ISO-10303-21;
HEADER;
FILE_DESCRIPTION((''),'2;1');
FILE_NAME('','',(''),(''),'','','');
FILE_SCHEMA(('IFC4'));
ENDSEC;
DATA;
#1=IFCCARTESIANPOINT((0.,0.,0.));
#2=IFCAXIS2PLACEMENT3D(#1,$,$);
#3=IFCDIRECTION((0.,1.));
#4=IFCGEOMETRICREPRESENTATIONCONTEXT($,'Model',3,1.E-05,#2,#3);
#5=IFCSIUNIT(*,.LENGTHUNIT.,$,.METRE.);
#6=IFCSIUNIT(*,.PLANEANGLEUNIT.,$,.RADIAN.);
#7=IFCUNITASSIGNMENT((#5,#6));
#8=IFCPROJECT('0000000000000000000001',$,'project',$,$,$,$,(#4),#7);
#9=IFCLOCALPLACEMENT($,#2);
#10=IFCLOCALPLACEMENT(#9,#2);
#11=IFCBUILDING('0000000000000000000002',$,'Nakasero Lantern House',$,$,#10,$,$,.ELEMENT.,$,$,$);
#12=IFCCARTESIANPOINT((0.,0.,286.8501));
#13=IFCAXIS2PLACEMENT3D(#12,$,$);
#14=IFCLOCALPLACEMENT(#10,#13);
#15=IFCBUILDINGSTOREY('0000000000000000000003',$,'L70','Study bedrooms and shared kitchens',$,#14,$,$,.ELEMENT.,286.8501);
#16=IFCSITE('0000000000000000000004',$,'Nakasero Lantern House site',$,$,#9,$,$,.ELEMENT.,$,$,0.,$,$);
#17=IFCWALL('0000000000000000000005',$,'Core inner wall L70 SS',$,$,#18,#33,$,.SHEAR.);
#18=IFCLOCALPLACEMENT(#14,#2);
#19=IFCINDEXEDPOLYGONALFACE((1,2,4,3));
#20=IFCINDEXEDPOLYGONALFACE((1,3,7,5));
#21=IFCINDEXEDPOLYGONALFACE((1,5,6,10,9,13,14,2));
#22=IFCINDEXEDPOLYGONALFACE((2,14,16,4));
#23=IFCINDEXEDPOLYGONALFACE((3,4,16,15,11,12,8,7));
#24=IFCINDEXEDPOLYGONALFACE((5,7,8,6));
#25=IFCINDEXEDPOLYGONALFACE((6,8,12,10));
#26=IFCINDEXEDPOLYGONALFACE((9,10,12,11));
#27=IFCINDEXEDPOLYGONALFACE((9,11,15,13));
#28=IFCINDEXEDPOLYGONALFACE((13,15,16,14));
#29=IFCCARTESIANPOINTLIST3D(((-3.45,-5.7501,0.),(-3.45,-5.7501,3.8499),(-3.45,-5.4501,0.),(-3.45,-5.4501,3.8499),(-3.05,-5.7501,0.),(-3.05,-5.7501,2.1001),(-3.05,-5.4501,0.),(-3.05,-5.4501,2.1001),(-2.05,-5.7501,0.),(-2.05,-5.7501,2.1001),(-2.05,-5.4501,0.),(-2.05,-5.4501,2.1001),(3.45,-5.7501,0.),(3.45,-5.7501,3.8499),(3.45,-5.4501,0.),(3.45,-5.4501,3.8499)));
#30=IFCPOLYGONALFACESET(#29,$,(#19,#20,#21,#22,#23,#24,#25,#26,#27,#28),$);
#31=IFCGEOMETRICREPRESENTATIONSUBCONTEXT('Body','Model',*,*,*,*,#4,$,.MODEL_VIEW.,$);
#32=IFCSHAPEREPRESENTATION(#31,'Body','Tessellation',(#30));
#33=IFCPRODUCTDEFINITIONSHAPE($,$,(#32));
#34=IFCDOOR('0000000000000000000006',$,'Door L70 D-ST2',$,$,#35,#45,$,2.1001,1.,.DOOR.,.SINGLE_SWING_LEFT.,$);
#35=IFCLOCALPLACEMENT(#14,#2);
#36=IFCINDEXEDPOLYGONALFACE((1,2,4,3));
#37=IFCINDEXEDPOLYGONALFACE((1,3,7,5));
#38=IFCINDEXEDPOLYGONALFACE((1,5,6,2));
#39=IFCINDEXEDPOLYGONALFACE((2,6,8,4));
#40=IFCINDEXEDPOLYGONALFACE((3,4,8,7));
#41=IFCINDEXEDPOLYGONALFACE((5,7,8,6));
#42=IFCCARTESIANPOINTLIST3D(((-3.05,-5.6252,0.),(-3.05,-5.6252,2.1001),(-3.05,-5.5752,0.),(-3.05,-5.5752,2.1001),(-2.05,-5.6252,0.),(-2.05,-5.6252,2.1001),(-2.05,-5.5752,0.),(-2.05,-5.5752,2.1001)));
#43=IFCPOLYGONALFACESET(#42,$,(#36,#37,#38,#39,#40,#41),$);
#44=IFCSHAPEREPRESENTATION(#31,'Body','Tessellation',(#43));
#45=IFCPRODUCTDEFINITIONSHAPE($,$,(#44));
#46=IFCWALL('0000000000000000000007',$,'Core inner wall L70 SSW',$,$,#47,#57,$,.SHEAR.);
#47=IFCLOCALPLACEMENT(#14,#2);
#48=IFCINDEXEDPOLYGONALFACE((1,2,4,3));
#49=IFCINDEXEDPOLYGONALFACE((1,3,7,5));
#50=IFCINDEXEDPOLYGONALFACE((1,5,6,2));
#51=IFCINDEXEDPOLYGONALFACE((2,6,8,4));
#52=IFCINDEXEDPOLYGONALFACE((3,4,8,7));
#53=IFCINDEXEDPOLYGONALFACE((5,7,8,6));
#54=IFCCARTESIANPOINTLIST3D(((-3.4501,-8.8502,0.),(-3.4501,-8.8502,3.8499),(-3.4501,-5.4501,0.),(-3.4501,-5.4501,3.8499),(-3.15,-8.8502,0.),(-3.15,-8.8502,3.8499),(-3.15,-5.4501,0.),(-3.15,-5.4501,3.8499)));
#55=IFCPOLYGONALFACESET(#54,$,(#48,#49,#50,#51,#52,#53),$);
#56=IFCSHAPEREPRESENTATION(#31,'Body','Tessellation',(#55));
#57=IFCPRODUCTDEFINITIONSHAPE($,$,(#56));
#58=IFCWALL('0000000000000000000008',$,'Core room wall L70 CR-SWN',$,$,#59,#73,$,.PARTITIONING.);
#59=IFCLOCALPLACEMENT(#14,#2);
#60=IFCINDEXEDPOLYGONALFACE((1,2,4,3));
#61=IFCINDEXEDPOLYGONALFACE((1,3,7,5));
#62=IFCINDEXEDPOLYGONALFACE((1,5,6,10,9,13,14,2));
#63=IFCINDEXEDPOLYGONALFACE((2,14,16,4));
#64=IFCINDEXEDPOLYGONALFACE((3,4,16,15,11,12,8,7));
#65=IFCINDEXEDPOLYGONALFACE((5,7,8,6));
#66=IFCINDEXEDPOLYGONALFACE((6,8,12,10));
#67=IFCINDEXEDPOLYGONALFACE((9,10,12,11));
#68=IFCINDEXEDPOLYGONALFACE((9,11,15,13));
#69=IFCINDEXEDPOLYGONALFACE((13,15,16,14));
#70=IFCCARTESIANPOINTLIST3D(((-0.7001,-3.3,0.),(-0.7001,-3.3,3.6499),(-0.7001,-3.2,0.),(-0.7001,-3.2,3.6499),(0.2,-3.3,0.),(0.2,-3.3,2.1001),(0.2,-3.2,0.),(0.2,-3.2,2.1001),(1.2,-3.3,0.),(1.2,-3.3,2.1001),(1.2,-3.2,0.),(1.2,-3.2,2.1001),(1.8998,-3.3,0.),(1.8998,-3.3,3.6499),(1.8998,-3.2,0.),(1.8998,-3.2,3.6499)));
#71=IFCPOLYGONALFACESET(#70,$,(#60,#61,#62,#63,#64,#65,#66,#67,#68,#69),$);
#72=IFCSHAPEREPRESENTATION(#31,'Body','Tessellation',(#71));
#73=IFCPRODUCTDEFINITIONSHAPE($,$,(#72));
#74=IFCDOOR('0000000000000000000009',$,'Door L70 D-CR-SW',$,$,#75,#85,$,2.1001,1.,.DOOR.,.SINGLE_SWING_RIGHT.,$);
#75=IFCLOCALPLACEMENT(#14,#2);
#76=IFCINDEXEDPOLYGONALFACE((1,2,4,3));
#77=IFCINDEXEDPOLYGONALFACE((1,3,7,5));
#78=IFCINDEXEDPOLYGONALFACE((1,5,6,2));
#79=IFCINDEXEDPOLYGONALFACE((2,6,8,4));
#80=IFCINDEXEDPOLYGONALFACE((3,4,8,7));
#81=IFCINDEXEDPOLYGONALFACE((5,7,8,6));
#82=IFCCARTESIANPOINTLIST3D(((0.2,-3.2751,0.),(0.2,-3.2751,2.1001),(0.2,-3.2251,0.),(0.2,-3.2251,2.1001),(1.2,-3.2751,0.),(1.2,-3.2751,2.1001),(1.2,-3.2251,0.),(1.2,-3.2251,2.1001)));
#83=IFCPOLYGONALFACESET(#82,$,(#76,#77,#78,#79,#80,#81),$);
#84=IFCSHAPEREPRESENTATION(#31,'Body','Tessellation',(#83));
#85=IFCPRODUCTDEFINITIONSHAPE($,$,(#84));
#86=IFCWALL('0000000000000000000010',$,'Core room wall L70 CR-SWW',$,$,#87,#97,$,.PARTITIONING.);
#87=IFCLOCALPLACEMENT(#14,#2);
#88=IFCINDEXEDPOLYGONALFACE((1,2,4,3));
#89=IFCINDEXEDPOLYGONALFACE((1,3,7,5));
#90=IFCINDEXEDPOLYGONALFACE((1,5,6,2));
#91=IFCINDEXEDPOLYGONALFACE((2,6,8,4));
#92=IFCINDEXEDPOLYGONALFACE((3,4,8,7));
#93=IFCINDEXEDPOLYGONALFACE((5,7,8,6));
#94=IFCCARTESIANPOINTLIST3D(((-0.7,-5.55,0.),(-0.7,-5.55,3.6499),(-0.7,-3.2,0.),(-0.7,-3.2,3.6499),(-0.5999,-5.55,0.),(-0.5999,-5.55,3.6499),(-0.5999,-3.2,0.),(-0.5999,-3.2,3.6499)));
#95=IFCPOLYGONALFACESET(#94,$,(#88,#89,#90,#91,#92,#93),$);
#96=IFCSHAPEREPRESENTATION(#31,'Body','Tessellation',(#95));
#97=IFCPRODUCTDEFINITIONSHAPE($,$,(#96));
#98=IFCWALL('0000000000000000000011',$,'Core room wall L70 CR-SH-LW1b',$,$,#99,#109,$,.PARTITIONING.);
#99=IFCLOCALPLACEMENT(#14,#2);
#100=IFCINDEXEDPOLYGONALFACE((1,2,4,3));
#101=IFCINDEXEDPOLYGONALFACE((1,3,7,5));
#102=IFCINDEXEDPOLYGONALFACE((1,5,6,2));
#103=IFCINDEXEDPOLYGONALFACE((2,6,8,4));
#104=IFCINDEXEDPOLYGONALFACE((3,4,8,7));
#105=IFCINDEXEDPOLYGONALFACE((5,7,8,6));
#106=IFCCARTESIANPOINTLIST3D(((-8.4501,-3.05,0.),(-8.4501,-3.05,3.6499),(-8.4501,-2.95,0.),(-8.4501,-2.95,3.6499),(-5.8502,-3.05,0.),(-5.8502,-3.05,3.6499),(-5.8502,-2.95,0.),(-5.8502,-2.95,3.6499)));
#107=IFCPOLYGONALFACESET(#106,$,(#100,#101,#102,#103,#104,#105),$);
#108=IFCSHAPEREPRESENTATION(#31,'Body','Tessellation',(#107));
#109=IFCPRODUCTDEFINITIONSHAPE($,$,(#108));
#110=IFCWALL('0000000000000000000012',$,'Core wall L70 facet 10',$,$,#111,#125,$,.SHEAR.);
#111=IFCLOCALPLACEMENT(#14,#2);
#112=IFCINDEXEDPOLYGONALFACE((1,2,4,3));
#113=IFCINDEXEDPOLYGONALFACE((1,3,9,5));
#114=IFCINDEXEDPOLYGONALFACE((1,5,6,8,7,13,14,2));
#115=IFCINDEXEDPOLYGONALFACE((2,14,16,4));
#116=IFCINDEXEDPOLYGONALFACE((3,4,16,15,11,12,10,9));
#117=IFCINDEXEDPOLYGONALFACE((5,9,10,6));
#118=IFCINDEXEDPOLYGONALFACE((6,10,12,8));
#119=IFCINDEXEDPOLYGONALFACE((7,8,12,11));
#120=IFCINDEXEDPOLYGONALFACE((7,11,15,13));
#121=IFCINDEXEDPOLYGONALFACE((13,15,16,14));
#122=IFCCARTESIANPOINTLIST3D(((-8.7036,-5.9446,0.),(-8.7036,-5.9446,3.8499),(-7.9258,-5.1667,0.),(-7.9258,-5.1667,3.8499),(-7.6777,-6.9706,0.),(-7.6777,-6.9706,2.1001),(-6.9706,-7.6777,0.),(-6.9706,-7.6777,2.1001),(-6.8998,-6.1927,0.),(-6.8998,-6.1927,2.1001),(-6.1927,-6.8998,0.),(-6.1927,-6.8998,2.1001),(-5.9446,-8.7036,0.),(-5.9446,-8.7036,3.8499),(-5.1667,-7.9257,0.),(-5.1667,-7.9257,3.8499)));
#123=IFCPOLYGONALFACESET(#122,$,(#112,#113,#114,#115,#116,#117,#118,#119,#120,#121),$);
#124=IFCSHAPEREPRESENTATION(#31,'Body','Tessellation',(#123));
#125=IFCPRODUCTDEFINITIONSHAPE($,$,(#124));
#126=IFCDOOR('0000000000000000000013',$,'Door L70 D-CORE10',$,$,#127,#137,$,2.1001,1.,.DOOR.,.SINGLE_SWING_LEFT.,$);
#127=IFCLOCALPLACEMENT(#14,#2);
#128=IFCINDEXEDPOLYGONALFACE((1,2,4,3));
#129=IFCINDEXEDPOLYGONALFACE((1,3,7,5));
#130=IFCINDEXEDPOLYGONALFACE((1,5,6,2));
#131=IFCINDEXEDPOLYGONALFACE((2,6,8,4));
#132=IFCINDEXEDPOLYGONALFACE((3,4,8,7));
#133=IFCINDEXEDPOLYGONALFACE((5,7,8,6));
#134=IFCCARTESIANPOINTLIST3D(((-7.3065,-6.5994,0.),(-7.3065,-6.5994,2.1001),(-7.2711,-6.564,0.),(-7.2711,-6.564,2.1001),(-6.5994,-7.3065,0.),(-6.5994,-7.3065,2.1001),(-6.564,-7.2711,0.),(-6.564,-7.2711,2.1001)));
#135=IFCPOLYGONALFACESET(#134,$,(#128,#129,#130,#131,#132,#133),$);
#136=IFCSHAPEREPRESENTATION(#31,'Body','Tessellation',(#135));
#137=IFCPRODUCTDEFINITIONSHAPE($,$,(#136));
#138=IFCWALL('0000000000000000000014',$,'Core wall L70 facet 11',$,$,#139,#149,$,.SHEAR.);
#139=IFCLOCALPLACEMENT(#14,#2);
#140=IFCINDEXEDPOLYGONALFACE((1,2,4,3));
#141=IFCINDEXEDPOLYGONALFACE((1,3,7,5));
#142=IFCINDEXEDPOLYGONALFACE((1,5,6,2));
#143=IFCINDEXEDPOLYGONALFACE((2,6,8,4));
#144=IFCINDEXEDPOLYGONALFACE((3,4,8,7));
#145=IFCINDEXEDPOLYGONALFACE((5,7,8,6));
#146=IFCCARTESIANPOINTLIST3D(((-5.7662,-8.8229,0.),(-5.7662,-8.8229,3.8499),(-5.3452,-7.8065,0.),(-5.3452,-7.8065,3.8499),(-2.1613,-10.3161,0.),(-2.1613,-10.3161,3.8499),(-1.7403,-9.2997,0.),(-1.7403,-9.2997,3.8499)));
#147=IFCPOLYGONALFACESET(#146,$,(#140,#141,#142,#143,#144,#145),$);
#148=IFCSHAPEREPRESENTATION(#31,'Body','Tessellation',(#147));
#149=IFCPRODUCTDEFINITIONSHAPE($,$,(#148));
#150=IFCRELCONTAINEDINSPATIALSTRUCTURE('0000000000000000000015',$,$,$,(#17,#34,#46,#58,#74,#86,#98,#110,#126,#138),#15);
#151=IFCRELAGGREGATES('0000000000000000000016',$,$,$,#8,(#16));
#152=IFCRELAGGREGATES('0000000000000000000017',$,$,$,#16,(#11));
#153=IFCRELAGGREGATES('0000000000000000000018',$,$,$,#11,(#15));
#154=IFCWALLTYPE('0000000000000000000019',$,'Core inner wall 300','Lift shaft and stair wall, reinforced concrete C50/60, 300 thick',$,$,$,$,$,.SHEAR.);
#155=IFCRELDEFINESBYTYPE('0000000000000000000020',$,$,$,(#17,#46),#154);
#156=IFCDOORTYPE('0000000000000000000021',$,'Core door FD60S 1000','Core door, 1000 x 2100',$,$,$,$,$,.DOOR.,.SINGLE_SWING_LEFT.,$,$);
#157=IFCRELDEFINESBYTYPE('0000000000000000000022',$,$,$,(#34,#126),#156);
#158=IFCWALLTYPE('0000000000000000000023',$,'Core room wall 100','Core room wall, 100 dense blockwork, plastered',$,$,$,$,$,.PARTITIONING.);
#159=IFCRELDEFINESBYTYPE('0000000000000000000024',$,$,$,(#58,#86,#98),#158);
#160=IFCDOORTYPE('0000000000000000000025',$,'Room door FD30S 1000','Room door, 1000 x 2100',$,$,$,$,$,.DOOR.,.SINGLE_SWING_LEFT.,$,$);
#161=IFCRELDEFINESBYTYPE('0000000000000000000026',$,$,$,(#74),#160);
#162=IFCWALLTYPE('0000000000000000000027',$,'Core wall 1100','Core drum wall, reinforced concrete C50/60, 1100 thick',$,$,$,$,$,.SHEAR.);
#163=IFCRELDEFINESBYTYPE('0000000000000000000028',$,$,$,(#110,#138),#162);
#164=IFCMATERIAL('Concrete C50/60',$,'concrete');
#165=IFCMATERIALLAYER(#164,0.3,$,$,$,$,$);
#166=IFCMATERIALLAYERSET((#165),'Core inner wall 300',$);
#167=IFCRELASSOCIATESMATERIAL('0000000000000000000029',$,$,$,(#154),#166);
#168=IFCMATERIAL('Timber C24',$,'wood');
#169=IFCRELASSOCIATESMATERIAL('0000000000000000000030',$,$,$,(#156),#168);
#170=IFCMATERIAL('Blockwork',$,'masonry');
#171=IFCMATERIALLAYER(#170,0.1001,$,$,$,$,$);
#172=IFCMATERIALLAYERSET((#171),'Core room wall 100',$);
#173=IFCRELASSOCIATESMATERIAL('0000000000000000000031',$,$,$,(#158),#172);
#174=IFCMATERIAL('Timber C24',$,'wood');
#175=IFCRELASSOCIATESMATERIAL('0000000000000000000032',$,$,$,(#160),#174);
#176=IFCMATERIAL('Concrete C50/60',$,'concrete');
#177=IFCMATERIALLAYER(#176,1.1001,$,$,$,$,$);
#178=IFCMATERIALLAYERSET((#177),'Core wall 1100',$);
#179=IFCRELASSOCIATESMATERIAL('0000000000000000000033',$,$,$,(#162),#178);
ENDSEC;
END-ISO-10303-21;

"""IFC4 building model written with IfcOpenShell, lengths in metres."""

from ifc_helpers import new_model, si_unit, direction, frame, frame_2d, origin, place, context, subcontext, project, spatial, rectangle, extrude, material, layer, layer_set, type_object, element, fill, save


model = new_model("IFC4")

# Units and contexts
model_context = context("Model", 3, precision=1e-05, world=origin(), true_north=direction((0.0, 1.0)))
body_context = subcontext(model_context, "Body", "Model", "MODEL_VIEW")
ifc_project = project(units=[si_unit("LENGTHUNIT", "METRE"), si_unit("PLANEANGLEUNIT", "RADIAN")], contexts=[model_context])

# Site, building, storey
site_placement = place(None, origin())
site = spatial("IfcSite", under=ifc_project, at=site_placement, Name="Nakasero Lantern House site", CompositionType="ELEMENT", RefElevation=0.0)
building_placement = place(site_placement, origin())
building = spatial("IfcBuilding", under=site, at=building_placement, Name="Nakasero Lantern House", CompositionType="ELEMENT")
storey_placement = place(building_placement, frame((0.0, 0.0, 286.8501)))
storey = spatial("IfcBuildingStorey", under=building, at=storey_placement, Name="L70", Description="Study bedrooms and shared kitchens", CompositionType="ELEMENT", Elevation=286.8501)

# Shared definitions
ifc_material_1 = material(Name="Concrete C50/60", Category="concrete")
ifc_layer_1 = layer(ifc_material_1, 0.3)
ifc_layer_set_1 = layer_set([ifc_layer_1], Name="Core inner wall 300")
wall_type_1 = type_object("IfcWallType", Name="Core inner wall 300", Description="Lift shaft and stair wall, reinforced concrete C50/60, 300 thick", PredefinedType="SHEAR", material=ifc_layer_set_1)

# Wall, opening, door
wall_1_placement = place(storey_placement, frame((-3.45, -5.6001, 0.0), z_axis=(0.0, 0.0, 1.0), x_axis=(1.0, 0.0, 0.0)))
wall_1 = element("IfcWall", 1, at=wall_1_placement, inside=storey, type_object=wall_type_1, Name="Core inner wall L70 SS", PredefinedType="SHEAR", context=body_context, shape_type="SweptSolid", body=[
    extrude(rectangle(XDim=6.8999, YDim=0.3, at=frame_2d((3.45, 0.0))), origin(), (0.0, 0.0, 1.0), 3.8499),
])
opening_1_placement = place(wall_1_placement, frame((0.3999, 0.0, 0.0)))
opening_1 = element("IfcOpeningElement", 2, at=opening_1_placement, cuts=wall_1, PredefinedType="OPENING", context=body_context, shape_type="SweptSolid", body=[
    extrude(rectangle(XDim=1.0, YDim=2.1001, at=frame_2d((0.5, 1.05))), frame((0.0, 0.1699, 0.0), z_axis=(0.0, -1.0, 0.0), x_axis=(1.0, 0.0, 0.0)), (0.0, 0.0, 1.0), 0.3401),
])
ifc_material_2 = material(Name="Timber C24", Category="wood")
door_type_1 = type_object("IfcDoorType", Name="Core door FD60S 1000", Description="Core door, 1000 x 2100", OperationType="SINGLE_SWING_LEFT", PredefinedType="DOOR", material=ifc_material_2)
door_1_placement = place(opening_1_placement, origin())
door_1 = element("IfcDoor", 3, at=door_1_placement, inside=storey, type_object=door_type_1, Name="Door L70 D-ST2", OperationType="SINGLE_SWING_LEFT", OverallHeight=2.1001, OverallWidth=1.0, PredefinedType="DOOR", context=body_context, shape_type="SweptSolid", body=[
    extrude(rectangle(XDim=1.0, YDim=2.1001, at=frame_2d((0.5, 1.05))), frame((0.0, 0.0249, 0.0), z_axis=(0.0, -1.0, 0.0), x_axis=(1.0, 0.0, 0.0)), (0.0, 0.0, 1.0), 0.05),
])
fill(opening_1, door_1)

# Wall
wall_2_placement = place(storey_placement, frame((-3.3, -5.45, 0.0), z_axis=(0.0, 0.0, 1.0), x_axis=(0.0, -1.0, 0.0)))
element("IfcWall", 4, at=wall_2_placement, inside=storey, type_object=wall_type_1, Name="Core inner wall L70 SSW", PredefinedType="SHEAR", context=body_context, shape_type="SweptSolid", body=[
    extrude(rectangle(XDim=3.4001, YDim=0.3, at=frame_2d((1.7002, 0.0))), origin(), (0.0, 0.0, 1.0), 3.8499),
])

# Wall, opening, door
ifc_material_3 = material(Name="Blockwork", Category="masonry")
ifc_layer_2 = layer(ifc_material_3, 0.1001)
ifc_layer_set_2 = layer_set([ifc_layer_2], Name="Core room wall 100")
wall_type_2 = type_object("IfcWallType", Name="Core room wall 100", Description="Core room wall, 100 dense blockwork, plastered", PredefinedType="PARTITIONING", material=ifc_layer_set_2)
wall_3_placement = place(storey_placement, frame((-0.7, -3.25, 0.0), z_axis=(0.0, 0.0, 1.0), x_axis=(1.0, 0.0, 0.0)))
wall_3 = element("IfcWall", 5, at=wall_3_placement, inside=storey, type_object=wall_type_2, Name="Core room wall L70 CR-SWN", PredefinedType="PARTITIONING", context=body_context, shape_type="SweptSolid", body=[
    extrude(rectangle(XDim=2.5999, YDim=0.1001, at=frame_2d((1.2998, 0.0))), origin(), (0.0, 0.0, 1.0), 3.6499),
])
opening_2_placement = place(wall_3_placement, frame((0.8999, 0.0, 0.0)))
opening_2 = element("IfcOpeningElement", 6, at=opening_2_placement, cuts=wall_3, PredefinedType="OPENING", context=body_context, shape_type="SweptSolid", body=[
    extrude(rectangle(XDim=1.0, YDim=2.1001, at=frame_2d((0.5, 1.05))), frame((0.0, 0.0701, 0.0), z_axis=(0.0, -1.0, 0.0), x_axis=(1.0, 0.0, 0.0)), (0.0, 0.0, 1.0), 0.1401),
])
ifc_material_4 = material(Name="Timber C24", Category="wood")
door_type_2 = type_object("IfcDoorType", Name="Room door FD30S 1000", Description="Room door, 1000 x 2100", OperationType="SINGLE_SWING_LEFT", PredefinedType="DOOR", material=ifc_material_4)
door_2_placement = place(opening_2_placement, origin())
door_2 = element("IfcDoor", 7, at=door_2_placement, inside=storey, type_object=door_type_2, Name="Door L70 D-CR-SW", OperationType="SINGLE_SWING_RIGHT", OverallHeight=2.1001, OverallWidth=1.0, PredefinedType="DOOR", context=body_context, shape_type="SweptSolid", body=[
    extrude(rectangle(XDim=1.0, YDim=2.1001, at=frame_2d((0.5, 1.05))), frame((0.0, 0.0249, 0.0), z_axis=(0.0, -1.0, 0.0), x_axis=(1.0, 0.0, 0.0)), (0.0, 0.0, 1.0), 0.05),
])
fill(opening_2, door_2)

# Walls
wall_4_placement = place(storey_placement, frame((-0.6499, -5.55, 0.0), z_axis=(0.0, 0.0, 1.0), x_axis=(0.0, 1.0, 0.0)))
element("IfcWall", 8, at=wall_4_placement, inside=storey, type_object=wall_type_2, Name="Core room wall L70 CR-SWW", PredefinedType="PARTITIONING", context=body_context, shape_type="SweptSolid", body=[
    extrude(rectangle(XDim=2.3501, YDim=0.1001, at=frame_2d((1.175, 0.0))), origin(), (0.0, 0.0, 1.0), 3.6499),
])
wall_5_placement = place(storey_placement, frame((-8.45, -3.0, 0.0), z_axis=(0.0, 0.0, 1.0), x_axis=(1.0, 0.0, 0.0)))
element("IfcWall", 9, at=wall_5_placement, inside=storey, type_object=wall_type_2, Name="Core room wall L70 CR-SH-LW1b", PredefinedType="PARTITIONING", context=body_context, shape_type="SweptSolid", body=[
    extrude(rectangle(XDim=2.5999, YDim=0.1001, at=frame_2d((1.2998, 0.0))), origin(), (0.0, 0.0, 1.0), 3.6499),
])

# Wall, opening, door
ifc_material_5 = material(Name="Concrete C50/60", Category="concrete")
ifc_layer_3 = layer(ifc_material_5, 1.1001)
ifc_layer_set_3 = layer_set([ifc_layer_3], Name="Core wall 1100")
wall_type_3 = type_object("IfcWallType", Name="Core wall 1100", Description="Core drum wall, reinforced concrete C50/60, 1100 thick", PredefinedType="SHEAR", material=ifc_layer_set_3)
wall_6_placement = place(storey_placement, frame((-8.3147, -5.5557, 0.0), z_axis=(0.0, 0.0, 1.0), x_axis=(0.707107, -0.707107, 0.0)))
wall_6 = element("IfcWall", 10, at=wall_6_placement, inside=storey, type_object=wall_type_3, Name="Core wall L70 facet 10", PredefinedType="SHEAR", context=body_context, shape_type="SweptSolid", body=[
    extrude(rectangle(XDim=3.9019, YDim=1.1001, at=frame_2d((1.9509, 0.0))), origin(), (0.0, 0.0, 1.0), 3.8499),
])
opening_3_placement = place(wall_6_placement, frame((1.4509, 0.0, 0.0)))
opening_3 = element("IfcOpeningElement", 11, at=opening_3_placement, cuts=wall_6, PredefinedType="OPENING", context=body_context, shape_type="SweptSolid", body=[
    extrude(rectangle(XDim=1.0, YDim=2.1001, at=frame_2d((0.5, 1.05))), frame((0.0, 0.5701, 0.0), z_axis=(0.0, -1.0, 0.0), x_axis=(1.0, 0.0, 0.0)), (0.0, 0.0, 1.0), 1.1401),
])
door_3_placement = place(opening_3_placement, origin())
door_3 = element("IfcDoor", 12, at=door_3_placement, inside=storey, type_object=door_type_1, Name="Door L70 D-CORE10", OperationType="SINGLE_SWING_LEFT", OverallHeight=2.1001, OverallWidth=1.0, PredefinedType="DOOR", context=body_context, shape_type="SweptSolid", body=[
    extrude(rectangle(XDim=1.0, YDim=2.1001, at=frame_2d((0.5, 1.05))), frame((0.0, 0.0249, 0.0), z_axis=(0.0, -1.0, 0.0), x_axis=(1.0, 0.0, 0.0)), (0.0, 0.0, 1.0), 0.05),
])
fill(opening_3, door_3)

# Wall
wall_7_placement = place(storey_placement, frame((-5.5557, -8.3147, 0.0), z_axis=(0.0, 0.0, 1.0), x_axis=(0.923877, -0.382691, 0.0)))
element("IfcWall", 13, at=wall_7_placement, inside=storey, type_object=wall_type_3, Name="Core wall L70 facet 11", PredefinedType="SHEAR", context=body_context, shape_type="SweptSolid", body=[
    extrude(rectangle(XDim=3.9019, YDim=1.1001, at=frame_2d((1.9509, 0.0))), origin(), (0.0, 0.0, 1.0), 3.8499),
])

save(model, "model.ifc")
